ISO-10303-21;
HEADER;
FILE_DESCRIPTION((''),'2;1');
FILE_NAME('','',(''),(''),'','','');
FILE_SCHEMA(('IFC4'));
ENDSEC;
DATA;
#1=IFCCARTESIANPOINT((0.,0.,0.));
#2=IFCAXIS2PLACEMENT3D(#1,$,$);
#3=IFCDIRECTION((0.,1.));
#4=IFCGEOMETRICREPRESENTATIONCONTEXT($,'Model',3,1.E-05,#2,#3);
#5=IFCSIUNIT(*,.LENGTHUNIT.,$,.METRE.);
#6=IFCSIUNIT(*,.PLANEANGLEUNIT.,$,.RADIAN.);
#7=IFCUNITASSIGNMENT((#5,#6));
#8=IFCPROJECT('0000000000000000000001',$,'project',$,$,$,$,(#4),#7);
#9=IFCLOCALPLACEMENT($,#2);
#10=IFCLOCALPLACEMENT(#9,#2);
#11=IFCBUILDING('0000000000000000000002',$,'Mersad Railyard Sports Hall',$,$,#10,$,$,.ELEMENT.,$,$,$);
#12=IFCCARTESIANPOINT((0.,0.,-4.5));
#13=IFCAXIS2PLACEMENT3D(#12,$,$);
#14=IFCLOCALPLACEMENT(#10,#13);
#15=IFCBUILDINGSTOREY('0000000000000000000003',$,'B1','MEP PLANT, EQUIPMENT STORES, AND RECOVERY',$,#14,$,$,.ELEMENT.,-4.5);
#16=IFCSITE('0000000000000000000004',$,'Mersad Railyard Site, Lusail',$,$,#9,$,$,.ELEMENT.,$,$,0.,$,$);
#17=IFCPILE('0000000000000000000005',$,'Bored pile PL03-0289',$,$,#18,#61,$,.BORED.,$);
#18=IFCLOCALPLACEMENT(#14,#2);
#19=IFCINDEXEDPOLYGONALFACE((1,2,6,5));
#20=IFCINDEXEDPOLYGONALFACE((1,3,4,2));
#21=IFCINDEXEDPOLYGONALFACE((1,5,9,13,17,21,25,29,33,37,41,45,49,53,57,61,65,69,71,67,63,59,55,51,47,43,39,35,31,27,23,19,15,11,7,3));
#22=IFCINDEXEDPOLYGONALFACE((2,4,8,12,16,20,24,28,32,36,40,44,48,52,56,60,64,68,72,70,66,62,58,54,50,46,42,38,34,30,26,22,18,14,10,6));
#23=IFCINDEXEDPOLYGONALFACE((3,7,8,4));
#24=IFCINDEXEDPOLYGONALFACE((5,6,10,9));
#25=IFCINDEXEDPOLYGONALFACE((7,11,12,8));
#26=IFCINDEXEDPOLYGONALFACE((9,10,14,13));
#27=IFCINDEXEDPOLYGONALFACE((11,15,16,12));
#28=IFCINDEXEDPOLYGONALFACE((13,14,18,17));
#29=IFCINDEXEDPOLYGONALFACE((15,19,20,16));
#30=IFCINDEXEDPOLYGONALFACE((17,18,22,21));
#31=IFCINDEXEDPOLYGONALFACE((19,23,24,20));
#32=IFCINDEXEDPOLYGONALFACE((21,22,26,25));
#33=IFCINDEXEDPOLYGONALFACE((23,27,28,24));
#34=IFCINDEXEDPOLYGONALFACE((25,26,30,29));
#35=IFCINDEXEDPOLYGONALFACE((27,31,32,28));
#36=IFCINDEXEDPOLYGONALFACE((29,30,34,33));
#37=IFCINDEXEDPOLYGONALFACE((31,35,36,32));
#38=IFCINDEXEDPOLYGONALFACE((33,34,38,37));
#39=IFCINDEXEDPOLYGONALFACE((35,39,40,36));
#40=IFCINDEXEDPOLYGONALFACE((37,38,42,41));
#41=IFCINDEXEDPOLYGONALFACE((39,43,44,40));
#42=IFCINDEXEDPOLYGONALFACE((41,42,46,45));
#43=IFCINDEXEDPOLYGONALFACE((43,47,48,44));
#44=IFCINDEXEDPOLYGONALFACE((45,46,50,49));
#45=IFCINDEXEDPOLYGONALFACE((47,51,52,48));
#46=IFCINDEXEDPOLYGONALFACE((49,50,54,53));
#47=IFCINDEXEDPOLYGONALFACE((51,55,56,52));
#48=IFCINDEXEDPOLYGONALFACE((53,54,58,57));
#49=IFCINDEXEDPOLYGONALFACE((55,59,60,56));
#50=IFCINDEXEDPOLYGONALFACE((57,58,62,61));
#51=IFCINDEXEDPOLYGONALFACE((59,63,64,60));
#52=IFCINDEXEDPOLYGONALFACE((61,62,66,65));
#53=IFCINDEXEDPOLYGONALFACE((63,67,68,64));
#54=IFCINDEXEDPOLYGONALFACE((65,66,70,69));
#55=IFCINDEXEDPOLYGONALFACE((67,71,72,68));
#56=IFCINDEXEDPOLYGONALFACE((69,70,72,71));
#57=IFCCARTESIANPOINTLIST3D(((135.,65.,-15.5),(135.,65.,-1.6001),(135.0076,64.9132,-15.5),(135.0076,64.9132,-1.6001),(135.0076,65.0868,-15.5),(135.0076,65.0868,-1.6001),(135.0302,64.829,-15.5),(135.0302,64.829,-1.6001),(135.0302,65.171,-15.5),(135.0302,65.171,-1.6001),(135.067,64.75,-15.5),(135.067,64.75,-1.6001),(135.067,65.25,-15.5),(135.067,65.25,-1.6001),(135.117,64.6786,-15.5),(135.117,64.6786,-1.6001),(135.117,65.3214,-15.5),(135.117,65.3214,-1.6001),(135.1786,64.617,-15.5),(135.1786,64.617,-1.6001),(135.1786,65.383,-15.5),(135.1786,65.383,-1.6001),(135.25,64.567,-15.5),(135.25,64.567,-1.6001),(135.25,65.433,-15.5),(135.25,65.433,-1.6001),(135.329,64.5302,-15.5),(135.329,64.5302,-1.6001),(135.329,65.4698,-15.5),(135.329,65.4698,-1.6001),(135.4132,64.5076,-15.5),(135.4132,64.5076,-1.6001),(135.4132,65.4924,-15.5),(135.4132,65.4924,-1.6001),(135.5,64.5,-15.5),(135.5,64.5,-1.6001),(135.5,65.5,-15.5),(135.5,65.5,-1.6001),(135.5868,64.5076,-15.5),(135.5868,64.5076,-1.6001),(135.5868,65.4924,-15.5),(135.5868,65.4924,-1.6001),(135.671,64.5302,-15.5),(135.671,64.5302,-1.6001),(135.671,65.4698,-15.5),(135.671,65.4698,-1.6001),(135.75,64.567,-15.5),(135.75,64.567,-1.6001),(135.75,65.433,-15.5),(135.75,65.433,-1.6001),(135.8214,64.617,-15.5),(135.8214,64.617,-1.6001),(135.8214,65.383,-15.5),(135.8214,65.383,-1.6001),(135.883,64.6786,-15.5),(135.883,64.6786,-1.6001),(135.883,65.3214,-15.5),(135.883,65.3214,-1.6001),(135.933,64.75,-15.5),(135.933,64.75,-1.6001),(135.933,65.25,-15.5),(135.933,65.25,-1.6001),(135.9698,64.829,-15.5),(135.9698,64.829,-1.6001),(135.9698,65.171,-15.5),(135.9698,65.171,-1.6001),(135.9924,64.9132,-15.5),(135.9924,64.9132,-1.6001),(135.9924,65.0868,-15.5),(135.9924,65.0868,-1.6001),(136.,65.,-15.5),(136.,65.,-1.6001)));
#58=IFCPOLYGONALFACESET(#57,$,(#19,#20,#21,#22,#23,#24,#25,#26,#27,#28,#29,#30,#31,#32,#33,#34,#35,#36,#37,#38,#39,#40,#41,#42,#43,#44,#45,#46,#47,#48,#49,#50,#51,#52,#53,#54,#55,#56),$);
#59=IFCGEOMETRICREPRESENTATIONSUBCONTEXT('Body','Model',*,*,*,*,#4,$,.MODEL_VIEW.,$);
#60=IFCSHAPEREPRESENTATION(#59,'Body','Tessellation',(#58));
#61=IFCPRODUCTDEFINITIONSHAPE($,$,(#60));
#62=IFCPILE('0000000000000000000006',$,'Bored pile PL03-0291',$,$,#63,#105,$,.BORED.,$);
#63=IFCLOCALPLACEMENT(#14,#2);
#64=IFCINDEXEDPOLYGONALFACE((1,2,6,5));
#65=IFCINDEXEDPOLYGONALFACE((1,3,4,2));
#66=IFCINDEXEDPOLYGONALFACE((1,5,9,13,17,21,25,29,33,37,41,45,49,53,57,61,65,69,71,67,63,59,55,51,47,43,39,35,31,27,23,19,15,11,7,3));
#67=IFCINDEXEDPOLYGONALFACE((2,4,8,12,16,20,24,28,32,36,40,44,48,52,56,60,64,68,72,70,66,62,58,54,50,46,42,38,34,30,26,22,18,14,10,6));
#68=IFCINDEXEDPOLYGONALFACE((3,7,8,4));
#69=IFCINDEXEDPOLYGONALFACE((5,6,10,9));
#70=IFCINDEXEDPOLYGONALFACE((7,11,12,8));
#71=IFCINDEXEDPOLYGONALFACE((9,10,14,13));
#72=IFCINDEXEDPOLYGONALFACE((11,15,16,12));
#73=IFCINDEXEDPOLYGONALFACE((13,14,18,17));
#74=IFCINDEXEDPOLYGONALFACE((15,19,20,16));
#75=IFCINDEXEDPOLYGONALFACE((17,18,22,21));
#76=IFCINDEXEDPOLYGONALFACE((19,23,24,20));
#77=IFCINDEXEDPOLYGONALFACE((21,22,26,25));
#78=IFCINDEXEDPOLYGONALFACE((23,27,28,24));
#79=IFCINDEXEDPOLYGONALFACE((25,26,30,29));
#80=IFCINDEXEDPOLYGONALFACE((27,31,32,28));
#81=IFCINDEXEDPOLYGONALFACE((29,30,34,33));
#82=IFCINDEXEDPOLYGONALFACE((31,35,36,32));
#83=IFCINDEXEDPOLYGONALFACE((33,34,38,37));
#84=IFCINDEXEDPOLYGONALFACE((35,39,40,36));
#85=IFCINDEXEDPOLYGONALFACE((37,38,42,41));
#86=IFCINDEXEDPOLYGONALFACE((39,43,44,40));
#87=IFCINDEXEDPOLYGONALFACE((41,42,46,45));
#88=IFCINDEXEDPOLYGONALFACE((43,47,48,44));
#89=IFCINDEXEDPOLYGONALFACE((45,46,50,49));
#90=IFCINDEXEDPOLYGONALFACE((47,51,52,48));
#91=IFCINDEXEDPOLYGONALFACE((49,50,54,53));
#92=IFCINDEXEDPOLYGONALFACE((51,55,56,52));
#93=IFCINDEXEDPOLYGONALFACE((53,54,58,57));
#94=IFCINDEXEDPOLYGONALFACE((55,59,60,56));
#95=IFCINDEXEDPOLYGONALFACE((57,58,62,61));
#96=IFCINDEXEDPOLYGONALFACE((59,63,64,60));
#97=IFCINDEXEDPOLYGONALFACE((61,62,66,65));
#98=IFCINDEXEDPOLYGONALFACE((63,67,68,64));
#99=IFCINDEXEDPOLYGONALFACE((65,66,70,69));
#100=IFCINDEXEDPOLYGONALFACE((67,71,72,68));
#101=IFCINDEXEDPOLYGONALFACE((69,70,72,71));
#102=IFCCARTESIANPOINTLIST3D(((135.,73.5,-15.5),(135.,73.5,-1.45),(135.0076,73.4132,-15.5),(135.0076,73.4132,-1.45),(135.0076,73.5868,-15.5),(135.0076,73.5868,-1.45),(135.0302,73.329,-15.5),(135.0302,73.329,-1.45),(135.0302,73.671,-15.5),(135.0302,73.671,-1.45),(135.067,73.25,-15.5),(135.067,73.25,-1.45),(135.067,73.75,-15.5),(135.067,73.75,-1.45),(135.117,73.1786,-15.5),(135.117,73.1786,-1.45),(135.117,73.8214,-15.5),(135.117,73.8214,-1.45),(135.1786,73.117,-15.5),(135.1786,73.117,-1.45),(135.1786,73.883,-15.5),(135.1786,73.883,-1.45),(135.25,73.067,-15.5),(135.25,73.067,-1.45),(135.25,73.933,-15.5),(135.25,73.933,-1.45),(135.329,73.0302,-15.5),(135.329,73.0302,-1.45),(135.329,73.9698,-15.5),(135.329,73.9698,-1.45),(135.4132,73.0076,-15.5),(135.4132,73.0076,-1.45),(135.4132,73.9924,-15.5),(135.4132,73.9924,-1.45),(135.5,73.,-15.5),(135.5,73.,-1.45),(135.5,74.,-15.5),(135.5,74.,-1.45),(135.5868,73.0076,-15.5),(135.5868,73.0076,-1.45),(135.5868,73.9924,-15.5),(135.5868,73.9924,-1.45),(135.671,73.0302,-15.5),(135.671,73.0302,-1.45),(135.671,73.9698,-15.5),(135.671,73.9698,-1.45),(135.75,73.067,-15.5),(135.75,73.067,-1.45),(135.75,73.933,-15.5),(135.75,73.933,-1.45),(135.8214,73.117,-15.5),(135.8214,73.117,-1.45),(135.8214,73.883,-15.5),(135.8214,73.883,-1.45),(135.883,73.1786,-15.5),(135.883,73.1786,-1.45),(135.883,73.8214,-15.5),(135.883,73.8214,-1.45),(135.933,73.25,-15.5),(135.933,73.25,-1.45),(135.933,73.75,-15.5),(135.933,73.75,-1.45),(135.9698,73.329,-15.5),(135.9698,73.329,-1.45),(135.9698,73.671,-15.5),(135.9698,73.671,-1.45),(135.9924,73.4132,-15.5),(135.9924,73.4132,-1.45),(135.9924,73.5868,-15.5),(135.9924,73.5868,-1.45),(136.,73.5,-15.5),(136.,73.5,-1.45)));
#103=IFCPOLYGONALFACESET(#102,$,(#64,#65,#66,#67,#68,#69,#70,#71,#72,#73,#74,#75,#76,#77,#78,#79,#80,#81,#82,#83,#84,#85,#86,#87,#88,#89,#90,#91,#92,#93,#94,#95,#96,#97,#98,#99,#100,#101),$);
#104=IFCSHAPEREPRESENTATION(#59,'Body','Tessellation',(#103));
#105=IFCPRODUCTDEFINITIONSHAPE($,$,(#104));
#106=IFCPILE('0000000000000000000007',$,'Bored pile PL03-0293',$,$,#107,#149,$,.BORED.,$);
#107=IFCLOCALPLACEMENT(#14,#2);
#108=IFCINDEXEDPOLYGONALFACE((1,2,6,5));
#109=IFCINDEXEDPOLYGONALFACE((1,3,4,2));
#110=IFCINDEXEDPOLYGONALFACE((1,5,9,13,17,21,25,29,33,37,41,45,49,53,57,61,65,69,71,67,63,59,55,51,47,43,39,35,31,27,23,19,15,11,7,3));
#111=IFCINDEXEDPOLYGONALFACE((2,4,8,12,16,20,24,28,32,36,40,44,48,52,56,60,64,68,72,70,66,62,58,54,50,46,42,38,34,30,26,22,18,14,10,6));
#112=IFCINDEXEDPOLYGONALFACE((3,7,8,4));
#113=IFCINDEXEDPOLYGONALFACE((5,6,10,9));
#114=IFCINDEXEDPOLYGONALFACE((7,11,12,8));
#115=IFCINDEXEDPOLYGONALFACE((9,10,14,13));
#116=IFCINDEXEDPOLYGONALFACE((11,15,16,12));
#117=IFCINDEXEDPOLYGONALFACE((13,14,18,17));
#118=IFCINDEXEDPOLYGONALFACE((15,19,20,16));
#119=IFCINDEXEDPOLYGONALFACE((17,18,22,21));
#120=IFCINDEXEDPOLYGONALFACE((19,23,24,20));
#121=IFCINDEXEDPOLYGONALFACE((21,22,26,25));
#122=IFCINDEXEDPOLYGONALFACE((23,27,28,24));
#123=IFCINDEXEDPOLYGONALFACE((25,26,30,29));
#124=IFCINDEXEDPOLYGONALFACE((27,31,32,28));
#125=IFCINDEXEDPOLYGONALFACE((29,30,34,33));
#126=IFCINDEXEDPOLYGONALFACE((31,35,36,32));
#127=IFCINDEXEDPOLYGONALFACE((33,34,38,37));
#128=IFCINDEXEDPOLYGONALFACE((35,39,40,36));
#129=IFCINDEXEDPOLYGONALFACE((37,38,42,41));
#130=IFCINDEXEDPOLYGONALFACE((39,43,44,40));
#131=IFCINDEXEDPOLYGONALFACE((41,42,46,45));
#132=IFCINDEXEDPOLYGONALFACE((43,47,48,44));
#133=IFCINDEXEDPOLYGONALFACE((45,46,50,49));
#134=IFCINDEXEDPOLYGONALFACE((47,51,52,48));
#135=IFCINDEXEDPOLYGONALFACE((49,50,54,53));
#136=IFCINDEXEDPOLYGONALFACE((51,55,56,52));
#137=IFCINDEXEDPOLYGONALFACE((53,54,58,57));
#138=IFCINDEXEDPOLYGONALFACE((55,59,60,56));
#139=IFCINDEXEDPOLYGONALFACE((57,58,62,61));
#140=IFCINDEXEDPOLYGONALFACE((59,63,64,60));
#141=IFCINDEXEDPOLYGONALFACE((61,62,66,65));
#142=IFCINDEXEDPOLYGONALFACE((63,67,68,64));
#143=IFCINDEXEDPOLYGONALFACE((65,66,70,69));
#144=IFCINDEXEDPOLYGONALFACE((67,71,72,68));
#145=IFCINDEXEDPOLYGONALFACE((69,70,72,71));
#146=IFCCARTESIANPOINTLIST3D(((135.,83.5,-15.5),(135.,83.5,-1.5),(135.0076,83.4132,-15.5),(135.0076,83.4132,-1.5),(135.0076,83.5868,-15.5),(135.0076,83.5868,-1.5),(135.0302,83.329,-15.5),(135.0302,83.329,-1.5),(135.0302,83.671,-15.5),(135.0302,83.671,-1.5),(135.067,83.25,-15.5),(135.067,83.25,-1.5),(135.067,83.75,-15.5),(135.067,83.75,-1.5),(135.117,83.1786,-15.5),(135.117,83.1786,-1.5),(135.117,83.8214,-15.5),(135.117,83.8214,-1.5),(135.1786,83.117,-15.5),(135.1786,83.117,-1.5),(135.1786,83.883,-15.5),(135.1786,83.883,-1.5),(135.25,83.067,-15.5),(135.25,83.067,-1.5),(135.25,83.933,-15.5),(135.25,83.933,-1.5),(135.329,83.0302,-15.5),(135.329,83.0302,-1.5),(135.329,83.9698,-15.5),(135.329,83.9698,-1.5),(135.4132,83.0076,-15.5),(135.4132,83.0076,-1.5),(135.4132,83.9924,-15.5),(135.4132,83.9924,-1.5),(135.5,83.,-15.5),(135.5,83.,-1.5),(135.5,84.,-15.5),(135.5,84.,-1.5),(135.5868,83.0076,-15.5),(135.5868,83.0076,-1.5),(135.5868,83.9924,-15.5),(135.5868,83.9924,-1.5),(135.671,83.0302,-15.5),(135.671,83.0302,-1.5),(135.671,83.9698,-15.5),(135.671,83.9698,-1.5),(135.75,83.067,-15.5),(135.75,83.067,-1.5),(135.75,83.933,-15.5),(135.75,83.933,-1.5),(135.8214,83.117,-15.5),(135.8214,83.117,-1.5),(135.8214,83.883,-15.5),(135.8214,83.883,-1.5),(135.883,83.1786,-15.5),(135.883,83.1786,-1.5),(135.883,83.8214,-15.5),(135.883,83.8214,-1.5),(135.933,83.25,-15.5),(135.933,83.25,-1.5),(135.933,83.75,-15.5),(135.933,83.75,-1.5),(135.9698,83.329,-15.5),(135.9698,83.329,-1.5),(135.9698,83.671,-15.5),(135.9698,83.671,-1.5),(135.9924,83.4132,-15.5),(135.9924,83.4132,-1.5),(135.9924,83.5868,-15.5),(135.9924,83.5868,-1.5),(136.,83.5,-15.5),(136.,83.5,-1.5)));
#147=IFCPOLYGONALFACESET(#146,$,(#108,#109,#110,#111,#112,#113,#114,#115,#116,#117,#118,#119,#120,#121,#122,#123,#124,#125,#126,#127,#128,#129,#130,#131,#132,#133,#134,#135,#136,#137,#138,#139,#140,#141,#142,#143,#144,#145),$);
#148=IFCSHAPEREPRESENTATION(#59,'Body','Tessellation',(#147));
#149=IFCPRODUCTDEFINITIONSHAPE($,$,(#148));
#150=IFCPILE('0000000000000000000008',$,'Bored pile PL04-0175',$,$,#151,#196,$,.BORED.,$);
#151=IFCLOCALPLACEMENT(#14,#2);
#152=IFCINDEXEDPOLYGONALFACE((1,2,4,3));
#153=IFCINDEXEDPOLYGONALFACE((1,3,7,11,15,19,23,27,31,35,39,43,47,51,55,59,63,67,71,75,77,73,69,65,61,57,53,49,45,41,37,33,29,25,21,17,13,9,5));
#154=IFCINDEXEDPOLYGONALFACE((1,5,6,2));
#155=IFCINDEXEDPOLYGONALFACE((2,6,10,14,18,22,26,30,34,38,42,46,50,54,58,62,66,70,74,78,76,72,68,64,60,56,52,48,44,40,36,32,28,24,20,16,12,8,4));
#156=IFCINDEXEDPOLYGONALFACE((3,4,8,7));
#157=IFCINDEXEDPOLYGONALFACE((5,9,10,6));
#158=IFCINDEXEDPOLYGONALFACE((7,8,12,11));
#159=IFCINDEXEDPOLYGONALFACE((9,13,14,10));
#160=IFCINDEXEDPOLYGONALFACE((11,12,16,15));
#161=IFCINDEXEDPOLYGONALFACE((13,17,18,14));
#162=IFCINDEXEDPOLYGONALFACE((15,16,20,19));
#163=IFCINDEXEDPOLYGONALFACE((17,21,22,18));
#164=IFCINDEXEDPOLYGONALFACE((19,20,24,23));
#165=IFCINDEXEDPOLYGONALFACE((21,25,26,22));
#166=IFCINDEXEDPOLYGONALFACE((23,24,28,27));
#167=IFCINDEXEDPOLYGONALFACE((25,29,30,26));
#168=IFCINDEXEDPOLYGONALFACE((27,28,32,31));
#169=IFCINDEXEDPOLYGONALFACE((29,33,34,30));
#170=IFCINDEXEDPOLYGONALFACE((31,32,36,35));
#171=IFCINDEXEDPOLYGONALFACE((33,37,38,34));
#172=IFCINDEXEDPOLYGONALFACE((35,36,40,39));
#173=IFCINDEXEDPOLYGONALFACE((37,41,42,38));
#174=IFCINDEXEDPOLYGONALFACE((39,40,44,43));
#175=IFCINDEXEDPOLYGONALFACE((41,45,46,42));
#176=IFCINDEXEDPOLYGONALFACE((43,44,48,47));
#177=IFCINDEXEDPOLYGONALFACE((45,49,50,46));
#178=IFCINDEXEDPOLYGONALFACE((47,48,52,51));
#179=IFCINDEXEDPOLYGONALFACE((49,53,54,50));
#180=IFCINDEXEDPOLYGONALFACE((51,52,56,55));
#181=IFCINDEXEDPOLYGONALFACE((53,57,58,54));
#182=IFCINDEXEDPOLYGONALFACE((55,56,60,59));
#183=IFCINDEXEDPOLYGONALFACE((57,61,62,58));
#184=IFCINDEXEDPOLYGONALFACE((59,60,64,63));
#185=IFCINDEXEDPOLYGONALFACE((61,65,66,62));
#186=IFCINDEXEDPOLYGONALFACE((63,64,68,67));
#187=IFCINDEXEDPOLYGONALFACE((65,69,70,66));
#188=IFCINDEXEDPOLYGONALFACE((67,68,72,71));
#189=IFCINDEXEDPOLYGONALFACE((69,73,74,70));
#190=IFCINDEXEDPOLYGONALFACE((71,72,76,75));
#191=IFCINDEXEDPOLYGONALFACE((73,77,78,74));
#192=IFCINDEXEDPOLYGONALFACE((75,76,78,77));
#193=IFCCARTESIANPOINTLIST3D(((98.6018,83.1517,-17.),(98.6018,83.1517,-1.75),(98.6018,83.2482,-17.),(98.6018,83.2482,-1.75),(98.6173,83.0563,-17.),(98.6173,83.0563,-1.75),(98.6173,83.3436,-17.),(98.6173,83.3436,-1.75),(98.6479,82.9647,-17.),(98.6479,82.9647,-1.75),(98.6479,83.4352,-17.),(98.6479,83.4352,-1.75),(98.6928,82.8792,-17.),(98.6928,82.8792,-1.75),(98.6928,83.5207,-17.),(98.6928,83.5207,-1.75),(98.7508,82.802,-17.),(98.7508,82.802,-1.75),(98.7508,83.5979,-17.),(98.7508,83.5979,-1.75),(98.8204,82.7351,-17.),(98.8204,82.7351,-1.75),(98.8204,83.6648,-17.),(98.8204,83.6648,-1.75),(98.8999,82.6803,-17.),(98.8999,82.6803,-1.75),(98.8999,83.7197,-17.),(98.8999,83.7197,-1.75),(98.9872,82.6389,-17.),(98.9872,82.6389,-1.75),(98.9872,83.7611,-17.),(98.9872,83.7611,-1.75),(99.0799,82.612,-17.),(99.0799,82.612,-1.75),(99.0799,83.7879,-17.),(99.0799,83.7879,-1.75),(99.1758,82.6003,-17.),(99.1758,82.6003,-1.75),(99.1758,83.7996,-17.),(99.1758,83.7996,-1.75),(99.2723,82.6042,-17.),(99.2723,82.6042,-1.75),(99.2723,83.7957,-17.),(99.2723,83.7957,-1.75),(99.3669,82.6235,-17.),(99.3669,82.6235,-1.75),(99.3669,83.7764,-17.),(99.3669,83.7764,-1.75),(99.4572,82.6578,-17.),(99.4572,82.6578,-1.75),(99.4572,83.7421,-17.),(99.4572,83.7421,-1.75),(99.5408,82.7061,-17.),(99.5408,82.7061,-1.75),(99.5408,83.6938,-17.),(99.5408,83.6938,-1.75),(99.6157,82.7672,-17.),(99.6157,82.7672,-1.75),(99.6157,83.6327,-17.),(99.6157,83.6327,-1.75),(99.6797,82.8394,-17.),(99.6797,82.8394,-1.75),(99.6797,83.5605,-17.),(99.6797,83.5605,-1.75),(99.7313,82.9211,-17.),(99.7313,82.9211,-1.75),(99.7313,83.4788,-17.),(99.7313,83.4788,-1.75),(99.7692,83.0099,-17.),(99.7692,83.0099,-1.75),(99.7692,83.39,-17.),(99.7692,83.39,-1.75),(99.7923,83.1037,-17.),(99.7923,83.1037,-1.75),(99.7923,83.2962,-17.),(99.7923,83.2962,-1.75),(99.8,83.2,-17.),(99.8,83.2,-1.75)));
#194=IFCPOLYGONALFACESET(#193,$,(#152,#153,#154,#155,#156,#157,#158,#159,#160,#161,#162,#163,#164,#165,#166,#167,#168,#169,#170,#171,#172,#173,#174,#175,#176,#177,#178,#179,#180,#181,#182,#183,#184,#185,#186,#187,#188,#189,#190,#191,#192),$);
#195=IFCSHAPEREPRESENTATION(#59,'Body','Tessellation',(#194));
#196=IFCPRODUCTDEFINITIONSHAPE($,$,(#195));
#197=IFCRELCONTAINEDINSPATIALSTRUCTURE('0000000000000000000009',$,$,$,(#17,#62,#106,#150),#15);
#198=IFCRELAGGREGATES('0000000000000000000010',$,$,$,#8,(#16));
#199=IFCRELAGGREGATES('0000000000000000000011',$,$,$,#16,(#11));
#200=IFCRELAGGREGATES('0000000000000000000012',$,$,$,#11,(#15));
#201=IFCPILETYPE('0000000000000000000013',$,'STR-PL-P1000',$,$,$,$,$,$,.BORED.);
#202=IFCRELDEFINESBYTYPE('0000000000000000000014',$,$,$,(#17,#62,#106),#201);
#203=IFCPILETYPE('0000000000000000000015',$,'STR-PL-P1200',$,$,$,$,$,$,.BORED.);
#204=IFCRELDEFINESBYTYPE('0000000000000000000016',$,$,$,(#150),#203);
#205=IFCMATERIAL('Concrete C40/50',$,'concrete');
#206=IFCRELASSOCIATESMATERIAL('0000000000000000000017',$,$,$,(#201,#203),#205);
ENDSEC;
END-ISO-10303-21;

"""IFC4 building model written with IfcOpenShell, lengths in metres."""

from ifc_helpers import new_model, si_unit, direction, frame, origin, origin_2d, place, context, subcontext, project, spatial, circle, extrude, material, material_profile, profile_set, type_object, element, save


model = new_model("IFC4")

# Units and contexts
model_context = context("Model", 3, precision=1e-05, world=origin(), true_north=direction((0.0, 1.0)))
body_context = subcontext(model_context, "Body", "Model", "MODEL_VIEW")
ifc_project = project(units=[si_unit("LENGTHUNIT", "METRE"), si_unit("PLANEANGLEUNIT", "RADIAN")], contexts=[model_context])

# Site, building, storey
site_placement = place(None, origin())
site = spatial("IfcSite", under=ifc_project, at=site_placement, Name="Mersad Railyard Site, Lusail", CompositionType="ELEMENT", RefElevation=0.0)
building_placement = place(site_placement, origin())
building = spatial("IfcBuilding", under=site, at=building_placement, Name="Mersad Railyard Sports Hall", CompositionType="ELEMENT")
storey_placement = place(building_placement, frame((0.0, 0.0, -4.5)))
storey = spatial("IfcBuildingStorey", under=building, at=storey_placement, Name="B1", Description="MEP PLANT, EQUIPMENT STORES, AND RECOVERY", CompositionType="ELEMENT", Elevation=-4.5)

# Shared definitions
ifc_material_1 = material(Name="Concrete C40/50", Category="concrete")

# Piles
ifc_material_profile_1 = material_profile(ifc_material_1, circle(Radius=0.5, at=origin_2d()), Name="BORED PILE D1000")
ifc_profile_set_1 = profile_set([ifc_material_profile_1], Name="Concrete C40/50")
pile_type_1 = type_object("IfcPileType", Name="STR-PL-P1000", PredefinedType="BORED", material=ifc_profile_set_1)
for number, where, z_axis, x_axis, name in (
    (1, (135.5, 65.0, -1.6001), (0.0, 0.0, -1.0), (1.0, 0.0, 0.0), "Bored pile PL03-0289"),
):
    element("IfcPile", number, at=place(storey_placement, frame(where, z_axis=z_axis, x_axis=x_axis)), inside=storey, type_object=pile_type_1, Name=name, PredefinedType="BORED", context=body_context, shape_type="SweptSolid", body=[
        extrude(circle(Radius=0.5, at=origin_2d()), origin(), (0.0, 0.0, 1.0), 13.8999),
    ])
pile_1_placement = place(storey_placement, frame((135.5, 73.5, -1.45), z_axis=(0.0, 0.0, -1.0), x_axis=(1.0, 0.0, 0.0)))
element("IfcPile", 2, at=pile_1_placement, inside=storey, type_object=pile_type_1, Name="Bored pile PL03-0291", PredefinedType="BORED", context=body_context, shape_type="SweptSolid", body=[
    extrude(circle(Radius=0.5, at=origin_2d()), origin(), (0.0, 0.0, 1.0), 14.05),
])
pile_2_placement = place(storey_placement, frame((135.5, 83.5, -1.5), z_axis=(0.0, 0.0, -1.0), x_axis=(1.0, 0.0, 0.0)))
element("IfcPile", 3, at=pile_2_placement, inside=storey, type_object=pile_type_1, Name="Bored pile PL03-0293", PredefinedType="BORED", context=body_context, shape_type="SweptSolid", body=[
    extrude(circle(Radius=0.5, at=origin_2d()), origin(), (0.0, 0.0, 1.0), 14.0),
])
ifc_material_profile_2 = material_profile(ifc_material_1, circle(Radius=0.6001, at=origin_2d()), Name="BORED PILE D1200")
ifc_profile_set_2 = profile_set([ifc_material_profile_2], Name="Concrete C40/50")
pile_type_2 = type_object("IfcPileType", Name="STR-PL-P1200", PredefinedType="BORED", material=ifc_profile_set_2)
for number, where, z_axis, x_axis, name in (
    (4, (99.2, 83.2, -1.75), (0.0, 0.0, -1.0), (1.0, 0.0, 0.0), "Bored pile PL04-0175"),
):
    element("IfcPile", number, at=place(storey_placement, frame(where, z_axis=z_axis, x_axis=x_axis)), inside=storey, type_object=pile_type_2, Name=name, PredefinedType="BORED", context=body_context, shape_type="SweptSolid", body=[
        extrude(circle(Radius=0.6001, at=origin_2d()), origin(), (0.0, 0.0, 1.0), 15.25),
    ])

save(model, "model.ifc")
